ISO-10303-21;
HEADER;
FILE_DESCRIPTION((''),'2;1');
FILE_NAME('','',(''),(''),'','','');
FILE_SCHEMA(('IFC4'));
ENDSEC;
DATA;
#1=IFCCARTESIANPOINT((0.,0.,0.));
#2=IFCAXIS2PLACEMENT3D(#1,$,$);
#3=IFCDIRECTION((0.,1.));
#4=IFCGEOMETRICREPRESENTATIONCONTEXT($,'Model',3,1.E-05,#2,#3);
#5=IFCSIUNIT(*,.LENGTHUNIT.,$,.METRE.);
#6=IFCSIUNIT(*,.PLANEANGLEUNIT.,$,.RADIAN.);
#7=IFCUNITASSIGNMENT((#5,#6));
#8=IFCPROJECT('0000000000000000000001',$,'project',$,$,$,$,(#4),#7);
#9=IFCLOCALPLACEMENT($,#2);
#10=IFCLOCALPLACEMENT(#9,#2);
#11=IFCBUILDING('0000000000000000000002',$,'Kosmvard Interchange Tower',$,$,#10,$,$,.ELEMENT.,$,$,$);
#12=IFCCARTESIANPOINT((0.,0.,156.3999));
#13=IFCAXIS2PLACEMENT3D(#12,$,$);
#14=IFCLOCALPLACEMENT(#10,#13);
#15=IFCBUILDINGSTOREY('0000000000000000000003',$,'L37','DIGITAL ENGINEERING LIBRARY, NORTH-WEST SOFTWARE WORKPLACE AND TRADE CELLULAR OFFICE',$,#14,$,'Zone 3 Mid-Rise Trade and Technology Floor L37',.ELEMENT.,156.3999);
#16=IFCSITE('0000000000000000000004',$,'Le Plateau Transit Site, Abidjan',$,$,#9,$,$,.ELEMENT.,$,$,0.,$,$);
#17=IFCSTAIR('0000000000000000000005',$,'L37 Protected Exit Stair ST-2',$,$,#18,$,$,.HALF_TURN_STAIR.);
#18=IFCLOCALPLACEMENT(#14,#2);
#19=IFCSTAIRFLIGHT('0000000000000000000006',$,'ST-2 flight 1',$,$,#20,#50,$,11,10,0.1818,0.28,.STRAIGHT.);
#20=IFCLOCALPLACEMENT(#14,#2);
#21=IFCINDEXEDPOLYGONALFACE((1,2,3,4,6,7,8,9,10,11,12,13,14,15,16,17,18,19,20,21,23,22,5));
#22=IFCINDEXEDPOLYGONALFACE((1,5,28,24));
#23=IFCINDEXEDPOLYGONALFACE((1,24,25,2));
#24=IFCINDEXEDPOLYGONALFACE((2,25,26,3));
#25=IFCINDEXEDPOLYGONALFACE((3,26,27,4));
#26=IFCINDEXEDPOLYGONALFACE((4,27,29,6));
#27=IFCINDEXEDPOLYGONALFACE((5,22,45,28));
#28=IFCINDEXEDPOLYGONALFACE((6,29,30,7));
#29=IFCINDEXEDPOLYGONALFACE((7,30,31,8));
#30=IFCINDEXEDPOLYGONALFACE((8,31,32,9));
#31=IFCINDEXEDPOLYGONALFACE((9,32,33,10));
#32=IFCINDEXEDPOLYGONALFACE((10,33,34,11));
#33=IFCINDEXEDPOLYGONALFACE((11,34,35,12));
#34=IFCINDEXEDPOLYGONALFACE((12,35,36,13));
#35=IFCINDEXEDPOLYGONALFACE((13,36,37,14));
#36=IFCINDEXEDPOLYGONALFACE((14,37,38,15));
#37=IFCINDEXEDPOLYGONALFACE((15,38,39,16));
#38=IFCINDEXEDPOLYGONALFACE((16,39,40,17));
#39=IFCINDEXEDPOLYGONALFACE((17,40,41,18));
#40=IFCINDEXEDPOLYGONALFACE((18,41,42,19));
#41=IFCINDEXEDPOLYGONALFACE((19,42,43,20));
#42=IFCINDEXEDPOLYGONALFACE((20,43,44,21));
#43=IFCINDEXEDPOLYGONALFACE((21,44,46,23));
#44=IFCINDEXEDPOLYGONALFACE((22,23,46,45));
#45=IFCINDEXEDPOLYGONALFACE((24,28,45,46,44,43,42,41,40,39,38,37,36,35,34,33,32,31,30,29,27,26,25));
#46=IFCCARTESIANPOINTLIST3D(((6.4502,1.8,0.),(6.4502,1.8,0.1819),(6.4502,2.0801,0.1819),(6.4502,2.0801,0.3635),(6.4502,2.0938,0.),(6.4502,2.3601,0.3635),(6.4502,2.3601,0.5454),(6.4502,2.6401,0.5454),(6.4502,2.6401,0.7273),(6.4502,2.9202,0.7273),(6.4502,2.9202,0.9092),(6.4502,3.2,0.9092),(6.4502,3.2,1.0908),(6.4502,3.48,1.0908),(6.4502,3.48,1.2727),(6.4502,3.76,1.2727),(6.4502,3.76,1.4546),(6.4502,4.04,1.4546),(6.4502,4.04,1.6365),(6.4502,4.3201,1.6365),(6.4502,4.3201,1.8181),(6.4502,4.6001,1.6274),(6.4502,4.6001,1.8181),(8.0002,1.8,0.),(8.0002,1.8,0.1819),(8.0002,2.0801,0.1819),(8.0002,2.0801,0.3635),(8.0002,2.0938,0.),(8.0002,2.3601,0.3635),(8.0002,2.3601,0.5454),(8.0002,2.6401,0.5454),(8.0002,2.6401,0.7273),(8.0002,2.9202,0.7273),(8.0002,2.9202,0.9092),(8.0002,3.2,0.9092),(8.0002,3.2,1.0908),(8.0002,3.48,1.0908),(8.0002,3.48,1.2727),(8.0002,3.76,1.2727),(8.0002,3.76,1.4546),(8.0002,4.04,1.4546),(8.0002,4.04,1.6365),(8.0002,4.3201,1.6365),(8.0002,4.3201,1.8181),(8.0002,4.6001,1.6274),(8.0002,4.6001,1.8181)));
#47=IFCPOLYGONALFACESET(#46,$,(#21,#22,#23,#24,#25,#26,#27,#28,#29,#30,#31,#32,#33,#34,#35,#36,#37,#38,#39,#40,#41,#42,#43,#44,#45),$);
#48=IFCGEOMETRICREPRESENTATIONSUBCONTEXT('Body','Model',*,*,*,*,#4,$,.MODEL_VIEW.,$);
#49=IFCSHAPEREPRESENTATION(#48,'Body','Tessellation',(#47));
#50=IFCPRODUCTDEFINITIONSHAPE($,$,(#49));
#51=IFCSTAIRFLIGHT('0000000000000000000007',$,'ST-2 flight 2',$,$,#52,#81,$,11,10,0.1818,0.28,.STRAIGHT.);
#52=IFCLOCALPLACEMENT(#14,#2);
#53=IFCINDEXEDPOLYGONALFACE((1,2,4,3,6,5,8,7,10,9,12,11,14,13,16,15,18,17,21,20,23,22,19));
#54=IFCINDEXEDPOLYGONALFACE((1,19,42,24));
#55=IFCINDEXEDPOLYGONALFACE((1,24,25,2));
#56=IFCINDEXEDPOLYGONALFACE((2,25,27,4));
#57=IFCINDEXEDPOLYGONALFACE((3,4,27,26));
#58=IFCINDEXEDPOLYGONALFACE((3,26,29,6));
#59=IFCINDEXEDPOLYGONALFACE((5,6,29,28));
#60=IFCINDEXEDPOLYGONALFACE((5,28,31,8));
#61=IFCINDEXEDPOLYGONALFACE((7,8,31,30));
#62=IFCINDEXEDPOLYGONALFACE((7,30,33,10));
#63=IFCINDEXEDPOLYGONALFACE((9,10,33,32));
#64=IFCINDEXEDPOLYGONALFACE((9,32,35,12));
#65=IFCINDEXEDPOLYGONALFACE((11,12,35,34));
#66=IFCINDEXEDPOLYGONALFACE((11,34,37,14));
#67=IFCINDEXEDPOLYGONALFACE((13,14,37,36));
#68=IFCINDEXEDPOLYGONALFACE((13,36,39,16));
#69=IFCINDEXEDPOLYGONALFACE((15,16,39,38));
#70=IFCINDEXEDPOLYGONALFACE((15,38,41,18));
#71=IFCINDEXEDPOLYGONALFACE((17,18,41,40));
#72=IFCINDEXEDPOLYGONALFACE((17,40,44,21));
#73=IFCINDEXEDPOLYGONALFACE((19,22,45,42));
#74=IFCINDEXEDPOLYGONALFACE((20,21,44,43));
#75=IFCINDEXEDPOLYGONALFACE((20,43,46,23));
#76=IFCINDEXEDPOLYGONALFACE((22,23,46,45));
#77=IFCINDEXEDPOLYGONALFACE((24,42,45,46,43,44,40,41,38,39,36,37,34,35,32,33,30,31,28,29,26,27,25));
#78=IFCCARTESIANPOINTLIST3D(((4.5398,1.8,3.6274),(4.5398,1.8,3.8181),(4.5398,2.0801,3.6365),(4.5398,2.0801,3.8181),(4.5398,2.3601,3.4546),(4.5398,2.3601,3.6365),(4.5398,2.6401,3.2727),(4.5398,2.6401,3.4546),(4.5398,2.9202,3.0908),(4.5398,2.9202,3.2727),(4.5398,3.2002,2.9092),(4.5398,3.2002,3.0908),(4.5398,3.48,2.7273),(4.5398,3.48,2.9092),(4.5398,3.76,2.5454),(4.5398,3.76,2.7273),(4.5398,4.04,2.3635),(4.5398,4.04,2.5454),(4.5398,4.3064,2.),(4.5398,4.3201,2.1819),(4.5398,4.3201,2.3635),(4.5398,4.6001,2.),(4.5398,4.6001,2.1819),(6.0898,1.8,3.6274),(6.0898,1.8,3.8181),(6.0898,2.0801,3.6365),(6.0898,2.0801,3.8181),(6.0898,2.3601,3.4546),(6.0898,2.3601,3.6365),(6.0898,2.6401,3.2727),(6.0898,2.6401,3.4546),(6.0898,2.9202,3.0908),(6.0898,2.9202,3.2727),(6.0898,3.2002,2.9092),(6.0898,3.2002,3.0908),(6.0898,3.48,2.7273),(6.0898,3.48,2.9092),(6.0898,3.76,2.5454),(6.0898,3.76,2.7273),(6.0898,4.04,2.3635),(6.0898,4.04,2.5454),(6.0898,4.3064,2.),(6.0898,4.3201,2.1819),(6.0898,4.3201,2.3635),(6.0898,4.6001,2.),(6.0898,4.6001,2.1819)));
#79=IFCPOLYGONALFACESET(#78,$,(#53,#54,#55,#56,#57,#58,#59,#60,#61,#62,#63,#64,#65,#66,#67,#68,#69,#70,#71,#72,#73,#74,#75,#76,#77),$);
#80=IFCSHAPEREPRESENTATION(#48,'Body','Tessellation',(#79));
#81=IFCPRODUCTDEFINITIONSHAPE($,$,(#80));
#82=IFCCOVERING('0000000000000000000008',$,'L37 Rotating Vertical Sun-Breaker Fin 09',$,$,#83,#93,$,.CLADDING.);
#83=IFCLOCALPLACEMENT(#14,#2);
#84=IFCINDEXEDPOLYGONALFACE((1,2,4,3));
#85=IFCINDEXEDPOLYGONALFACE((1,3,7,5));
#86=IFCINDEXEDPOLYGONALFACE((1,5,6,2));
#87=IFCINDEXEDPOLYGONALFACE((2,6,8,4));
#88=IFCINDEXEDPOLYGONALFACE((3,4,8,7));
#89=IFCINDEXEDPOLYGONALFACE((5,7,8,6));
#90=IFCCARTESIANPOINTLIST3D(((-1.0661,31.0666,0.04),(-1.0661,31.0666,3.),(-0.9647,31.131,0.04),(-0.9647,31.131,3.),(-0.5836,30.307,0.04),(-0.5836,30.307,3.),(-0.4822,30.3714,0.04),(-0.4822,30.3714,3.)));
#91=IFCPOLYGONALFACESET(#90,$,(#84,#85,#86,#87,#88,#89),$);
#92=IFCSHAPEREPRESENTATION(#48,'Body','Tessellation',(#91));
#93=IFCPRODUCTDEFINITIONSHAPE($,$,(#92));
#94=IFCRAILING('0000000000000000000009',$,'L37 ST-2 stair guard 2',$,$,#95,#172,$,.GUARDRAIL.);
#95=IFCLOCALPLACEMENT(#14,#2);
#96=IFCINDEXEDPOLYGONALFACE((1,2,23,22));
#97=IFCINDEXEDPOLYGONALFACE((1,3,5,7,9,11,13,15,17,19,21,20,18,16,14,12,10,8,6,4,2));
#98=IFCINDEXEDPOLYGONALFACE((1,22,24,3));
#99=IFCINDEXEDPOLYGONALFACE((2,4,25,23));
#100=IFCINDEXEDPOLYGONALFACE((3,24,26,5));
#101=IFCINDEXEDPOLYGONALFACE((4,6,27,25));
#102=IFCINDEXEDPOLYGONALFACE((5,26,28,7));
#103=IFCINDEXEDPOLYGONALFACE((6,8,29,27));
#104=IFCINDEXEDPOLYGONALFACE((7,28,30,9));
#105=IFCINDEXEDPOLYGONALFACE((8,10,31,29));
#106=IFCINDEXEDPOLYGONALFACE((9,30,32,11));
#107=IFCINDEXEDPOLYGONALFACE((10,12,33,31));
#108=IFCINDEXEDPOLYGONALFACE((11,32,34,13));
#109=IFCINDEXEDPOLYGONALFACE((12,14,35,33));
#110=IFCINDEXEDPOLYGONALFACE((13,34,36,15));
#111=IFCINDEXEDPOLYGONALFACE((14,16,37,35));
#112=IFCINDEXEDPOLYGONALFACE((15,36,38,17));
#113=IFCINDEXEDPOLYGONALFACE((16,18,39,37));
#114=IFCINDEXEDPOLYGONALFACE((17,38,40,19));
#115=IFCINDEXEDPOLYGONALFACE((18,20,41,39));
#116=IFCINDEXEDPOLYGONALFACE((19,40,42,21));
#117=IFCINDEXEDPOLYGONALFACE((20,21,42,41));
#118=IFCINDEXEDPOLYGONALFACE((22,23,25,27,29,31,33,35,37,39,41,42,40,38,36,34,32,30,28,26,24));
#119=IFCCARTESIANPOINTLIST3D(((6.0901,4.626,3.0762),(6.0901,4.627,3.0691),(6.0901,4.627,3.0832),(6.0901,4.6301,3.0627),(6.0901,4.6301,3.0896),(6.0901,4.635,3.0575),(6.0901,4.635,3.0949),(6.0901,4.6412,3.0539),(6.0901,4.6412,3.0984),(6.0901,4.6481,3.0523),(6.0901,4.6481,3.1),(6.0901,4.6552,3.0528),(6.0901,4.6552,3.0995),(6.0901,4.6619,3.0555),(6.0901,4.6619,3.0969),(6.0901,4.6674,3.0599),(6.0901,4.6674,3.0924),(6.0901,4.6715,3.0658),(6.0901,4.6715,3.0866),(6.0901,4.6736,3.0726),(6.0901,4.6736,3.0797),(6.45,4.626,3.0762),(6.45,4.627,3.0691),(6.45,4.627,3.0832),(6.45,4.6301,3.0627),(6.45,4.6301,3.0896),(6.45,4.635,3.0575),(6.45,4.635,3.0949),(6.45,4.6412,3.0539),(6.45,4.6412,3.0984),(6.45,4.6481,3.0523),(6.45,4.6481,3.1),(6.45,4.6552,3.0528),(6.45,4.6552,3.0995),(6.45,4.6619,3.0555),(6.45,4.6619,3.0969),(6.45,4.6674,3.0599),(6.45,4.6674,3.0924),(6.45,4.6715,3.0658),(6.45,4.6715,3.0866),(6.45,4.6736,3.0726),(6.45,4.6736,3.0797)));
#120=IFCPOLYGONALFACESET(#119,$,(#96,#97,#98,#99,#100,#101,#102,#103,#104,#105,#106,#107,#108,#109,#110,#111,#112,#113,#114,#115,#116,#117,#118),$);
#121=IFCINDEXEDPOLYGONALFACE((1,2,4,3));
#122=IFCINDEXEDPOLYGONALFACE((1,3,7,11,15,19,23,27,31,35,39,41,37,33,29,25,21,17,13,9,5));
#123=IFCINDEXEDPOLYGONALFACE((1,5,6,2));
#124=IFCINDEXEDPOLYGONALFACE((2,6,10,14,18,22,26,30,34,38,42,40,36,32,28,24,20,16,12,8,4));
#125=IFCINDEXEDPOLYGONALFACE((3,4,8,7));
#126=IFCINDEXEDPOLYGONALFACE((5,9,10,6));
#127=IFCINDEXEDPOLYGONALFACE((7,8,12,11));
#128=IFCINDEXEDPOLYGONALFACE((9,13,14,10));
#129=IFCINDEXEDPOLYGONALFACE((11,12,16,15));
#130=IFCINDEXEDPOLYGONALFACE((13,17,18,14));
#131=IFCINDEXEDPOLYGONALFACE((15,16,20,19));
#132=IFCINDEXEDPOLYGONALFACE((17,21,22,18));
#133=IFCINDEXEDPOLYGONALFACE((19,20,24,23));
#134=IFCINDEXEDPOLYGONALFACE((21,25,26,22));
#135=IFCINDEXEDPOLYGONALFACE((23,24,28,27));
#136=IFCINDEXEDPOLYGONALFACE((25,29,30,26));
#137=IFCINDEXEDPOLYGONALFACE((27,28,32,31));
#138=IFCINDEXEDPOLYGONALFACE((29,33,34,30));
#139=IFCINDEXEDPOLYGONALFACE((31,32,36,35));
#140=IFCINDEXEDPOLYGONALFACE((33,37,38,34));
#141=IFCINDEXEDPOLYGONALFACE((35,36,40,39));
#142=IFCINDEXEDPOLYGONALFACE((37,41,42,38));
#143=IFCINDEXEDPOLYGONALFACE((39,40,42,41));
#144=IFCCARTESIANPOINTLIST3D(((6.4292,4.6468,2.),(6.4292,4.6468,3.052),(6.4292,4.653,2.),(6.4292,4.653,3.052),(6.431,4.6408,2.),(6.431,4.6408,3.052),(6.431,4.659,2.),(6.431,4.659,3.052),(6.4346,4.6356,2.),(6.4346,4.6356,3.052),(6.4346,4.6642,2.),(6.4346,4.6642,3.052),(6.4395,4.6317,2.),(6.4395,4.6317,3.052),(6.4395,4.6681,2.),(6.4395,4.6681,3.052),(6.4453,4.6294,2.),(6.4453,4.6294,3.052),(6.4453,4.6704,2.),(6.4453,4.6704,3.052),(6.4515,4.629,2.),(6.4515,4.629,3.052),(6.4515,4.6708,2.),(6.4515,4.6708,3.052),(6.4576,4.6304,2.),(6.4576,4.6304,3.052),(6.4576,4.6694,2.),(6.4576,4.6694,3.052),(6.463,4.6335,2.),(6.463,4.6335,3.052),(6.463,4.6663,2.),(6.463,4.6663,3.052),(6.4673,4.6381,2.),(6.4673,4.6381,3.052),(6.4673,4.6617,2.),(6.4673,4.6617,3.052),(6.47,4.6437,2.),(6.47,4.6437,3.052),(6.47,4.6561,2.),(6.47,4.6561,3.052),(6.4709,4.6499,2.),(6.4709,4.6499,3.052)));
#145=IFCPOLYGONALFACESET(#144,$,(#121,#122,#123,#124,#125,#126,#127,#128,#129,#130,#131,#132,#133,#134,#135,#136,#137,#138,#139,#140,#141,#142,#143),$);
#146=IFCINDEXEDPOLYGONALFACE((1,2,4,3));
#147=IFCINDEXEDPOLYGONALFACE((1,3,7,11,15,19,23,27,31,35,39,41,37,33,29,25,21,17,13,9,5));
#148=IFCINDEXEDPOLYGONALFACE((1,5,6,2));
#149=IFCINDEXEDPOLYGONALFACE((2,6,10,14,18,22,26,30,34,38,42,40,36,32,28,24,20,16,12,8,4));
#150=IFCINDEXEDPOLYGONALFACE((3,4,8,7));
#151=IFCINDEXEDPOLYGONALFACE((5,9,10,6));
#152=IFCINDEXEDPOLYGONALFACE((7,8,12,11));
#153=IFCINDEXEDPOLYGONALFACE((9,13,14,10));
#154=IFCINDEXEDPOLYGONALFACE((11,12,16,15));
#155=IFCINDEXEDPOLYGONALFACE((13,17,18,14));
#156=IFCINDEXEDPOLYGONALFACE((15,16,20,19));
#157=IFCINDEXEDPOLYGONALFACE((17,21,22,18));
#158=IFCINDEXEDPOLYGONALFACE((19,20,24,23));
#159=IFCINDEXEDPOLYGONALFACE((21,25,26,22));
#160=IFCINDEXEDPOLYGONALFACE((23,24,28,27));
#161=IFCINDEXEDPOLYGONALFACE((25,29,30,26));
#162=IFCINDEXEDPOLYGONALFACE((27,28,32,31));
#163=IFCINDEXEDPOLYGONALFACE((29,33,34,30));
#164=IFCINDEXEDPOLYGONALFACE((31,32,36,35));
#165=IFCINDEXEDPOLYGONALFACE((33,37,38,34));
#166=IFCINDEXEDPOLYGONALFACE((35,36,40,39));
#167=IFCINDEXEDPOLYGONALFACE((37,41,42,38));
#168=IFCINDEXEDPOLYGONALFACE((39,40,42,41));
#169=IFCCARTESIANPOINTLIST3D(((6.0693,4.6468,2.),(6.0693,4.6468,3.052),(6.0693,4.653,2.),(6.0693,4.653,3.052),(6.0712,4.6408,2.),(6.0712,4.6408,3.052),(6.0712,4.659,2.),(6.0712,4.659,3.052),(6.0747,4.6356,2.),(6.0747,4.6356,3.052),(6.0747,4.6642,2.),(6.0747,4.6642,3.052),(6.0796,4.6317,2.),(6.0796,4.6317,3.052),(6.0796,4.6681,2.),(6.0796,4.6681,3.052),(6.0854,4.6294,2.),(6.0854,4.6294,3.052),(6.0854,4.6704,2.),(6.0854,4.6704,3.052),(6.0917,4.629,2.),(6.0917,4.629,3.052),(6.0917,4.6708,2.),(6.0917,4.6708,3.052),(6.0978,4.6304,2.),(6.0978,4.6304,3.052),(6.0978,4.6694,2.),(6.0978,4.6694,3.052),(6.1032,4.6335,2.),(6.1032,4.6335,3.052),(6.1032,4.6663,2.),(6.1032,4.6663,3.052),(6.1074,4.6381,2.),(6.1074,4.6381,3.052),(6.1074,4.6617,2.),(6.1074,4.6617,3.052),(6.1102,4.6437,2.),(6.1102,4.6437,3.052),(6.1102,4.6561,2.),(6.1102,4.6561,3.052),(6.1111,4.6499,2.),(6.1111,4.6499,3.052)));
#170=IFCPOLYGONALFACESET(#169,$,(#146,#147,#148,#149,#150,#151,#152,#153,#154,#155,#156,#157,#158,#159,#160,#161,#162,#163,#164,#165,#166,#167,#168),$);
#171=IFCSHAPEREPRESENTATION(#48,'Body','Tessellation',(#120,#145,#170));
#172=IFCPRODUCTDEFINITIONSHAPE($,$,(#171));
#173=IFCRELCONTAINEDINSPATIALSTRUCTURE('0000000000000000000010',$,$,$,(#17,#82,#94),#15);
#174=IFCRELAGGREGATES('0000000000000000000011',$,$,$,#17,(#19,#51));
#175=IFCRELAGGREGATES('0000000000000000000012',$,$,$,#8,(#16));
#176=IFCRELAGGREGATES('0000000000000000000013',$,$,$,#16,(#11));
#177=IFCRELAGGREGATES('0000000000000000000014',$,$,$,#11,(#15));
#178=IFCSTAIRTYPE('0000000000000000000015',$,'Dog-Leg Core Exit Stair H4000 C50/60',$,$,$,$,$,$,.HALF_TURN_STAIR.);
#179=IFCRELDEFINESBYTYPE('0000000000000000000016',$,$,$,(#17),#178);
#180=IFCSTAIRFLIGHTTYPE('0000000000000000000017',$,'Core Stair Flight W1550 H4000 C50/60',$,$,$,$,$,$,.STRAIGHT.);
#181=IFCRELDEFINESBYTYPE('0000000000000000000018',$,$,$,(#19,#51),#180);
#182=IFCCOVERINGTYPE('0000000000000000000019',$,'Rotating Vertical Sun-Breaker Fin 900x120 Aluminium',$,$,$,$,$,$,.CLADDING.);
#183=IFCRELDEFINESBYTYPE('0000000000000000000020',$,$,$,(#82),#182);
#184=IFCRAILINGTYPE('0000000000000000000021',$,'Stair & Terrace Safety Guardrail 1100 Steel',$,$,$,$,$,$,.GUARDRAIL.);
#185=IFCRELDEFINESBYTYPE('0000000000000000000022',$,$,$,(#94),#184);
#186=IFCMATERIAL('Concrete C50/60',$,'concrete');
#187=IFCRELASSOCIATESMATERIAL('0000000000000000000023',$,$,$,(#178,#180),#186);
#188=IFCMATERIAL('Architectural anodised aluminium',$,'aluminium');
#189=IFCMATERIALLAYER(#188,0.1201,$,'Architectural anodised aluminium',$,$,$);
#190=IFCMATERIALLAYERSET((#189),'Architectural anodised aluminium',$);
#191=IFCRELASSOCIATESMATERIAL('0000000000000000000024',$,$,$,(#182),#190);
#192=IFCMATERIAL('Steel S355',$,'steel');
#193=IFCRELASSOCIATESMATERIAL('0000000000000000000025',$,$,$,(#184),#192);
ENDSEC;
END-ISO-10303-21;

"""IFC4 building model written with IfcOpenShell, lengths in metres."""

from ifc_helpers import new_model, si_unit, direction, frame, origin, origin_2d, place, context, subcontext, project, spatial, polyline, rectangle, circle, outline, extrude, source, transform, mapped, material, layer, layer_set, type_object, element, aggregate, save


model = new_model("IFC4")

# Units and contexts
model_context = context("Model", 3, precision=1e-05, world=origin(), true_north=direction((0.0, 1.0)))
body_context = subcontext(model_context, "Body", "Model", "MODEL_VIEW")
ifc_project = project(units=[si_unit("LENGTHUNIT", "METRE"), si_unit("PLANEANGLEUNIT", "RADIAN")], contexts=[model_context])

# Site, building, storey
site_placement = place(None, origin())
site = spatial("IfcSite", under=ifc_project, at=site_placement, Name="Le Plateau Transit Site, Abidjan", CompositionType="ELEMENT", RefElevation=0.0)
building_placement = place(site_placement, origin())
building = spatial("IfcBuilding", under=site, at=building_placement, Name="Kosmvard Interchange Tower", CompositionType="ELEMENT")
storey_placement = place(building_placement, frame((0.0, 0.0, 156.3999)))
storey = spatial("IfcBuildingStorey", under=building, at=storey_placement, Name="L37", Description="DIGITAL ENGINEERING LIBRARY, NORTH-WEST SOFTWARE WORKPLACE AND TRADE CELLULAR OFFICE", LongName="Zone 3 Mid-Rise Trade and Technology Floor L37", CompositionType="ELEMENT", Elevation=156.3999)

# Shared definitions
ifc_material_1 = material(Name="Concrete C50/60", Category="concrete")

# Shared definitions
ifc_material_2 = material(Name="Steel S355", Category="steel")

# Stair, stair flights
stair_type = type_object("IfcStairType", Name="Dog-Leg Core Exit Stair H4000 C50/60", PredefinedType="HALF_TURN_STAIR", material=ifc_material_1)
stair_placement = place(storey_placement, origin())
stair = element("IfcStair", 1, at=stair_placement, inside=storey, type_object=stair_type, Name="L37 Protected Exit Stair ST-2", PredefinedType="HALF_TURN_STAIR")
stair_flight_type = type_object("IfcStairFlightType", Name="Core Stair Flight W1550 H4000 C50/60", PredefinedType="STRAIGHT", material=ifc_material_1)
shared_shape_1 = source(origin(), body_context, "Body", "SweptSolid", [
    extrude(outline(polyline([(0.0, 0.0), (0.0, 0.1819), (0.28, 0.1819), (0.28, 0.3635), (0.5601, 0.3635), (0.5601, 0.5454), (0.8401, 0.5454), (0.8401, 0.7273), (1.1201, 0.7273), (1.1201, 0.9092), (1.3999, 0.9092), (1.3999, 1.0908), (1.6799, 1.0908), (1.6799, 1.2727), (1.96, 1.2727), (1.96, 1.4546), (2.24, 1.4546), (2.24, 1.6365), (2.52, 1.6365), (2.52, 1.8181), (2.8, 1.8181), (2.8, 2.0), (2.8, 1.6274), (0.2937, 0.0), (0.0, 0.0)])), frame((0.0, 0.7749, 0.0), z_axis=(0.0, -1.0, 0.0), x_axis=(1.0, 0.0, 0.0)), (0.0, 0.0, 1.0), 1.55),
])
stair_flight_1_placement = place(storey_placement, frame((7.2251, 1.8, 0.0), z_axis=(0.0, 0.0, 1.0), x_axis=(0.0, 1.0, 0.0)))
stair_flight_1 = element("IfcStairFlight", 2, at=stair_flight_1_placement, type_object=stair_flight_type, Name="ST-2 flight 1", NumberOfRisers=11, NumberOfTreads=10, PredefinedType="STRAIGHT", RiserHeight=0.1818, TreadLength=0.28, context=body_context, shape_type="MappedRepresentation", body=[
    mapped(shared_shape_1, transform((0.0, 0.0, 0.0), scale=1.0)),
])
stair_flight_2_placement = place(storey_placement, frame((5.3149, 4.6001, 2.0), z_axis=(0.0, 0.0, 1.0), x_axis=(0.0, -1.0, 0.0)))
stair_flight_2 = element("IfcStairFlight", 3, at=stair_flight_2_placement, type_object=stair_flight_type, Name="ST-2 flight 2", NumberOfRisers=11, NumberOfTreads=10, PredefinedType="STRAIGHT", RiserHeight=0.1818, TreadLength=0.28, context=body_context, shape_type="MappedRepresentation", body=[
    mapped(shared_shape_1, transform((0.0, 0.0, 0.0), scale=1.0)),
])
aggregate(stair, [stair_flight_1, stair_flight_2])

# Covering
ifc_material_3 = material(Name="Architectural anodised aluminium", Category="aluminium")
ifc_layer_1 = layer(ifc_material_3, 0.1201, Name="Architectural anodised aluminium")
ifc_layer_set_1 = layer_set([ifc_layer_1], Name="Architectural anodised aluminium")
covering_type = type_object("IfcCoveringType", Name="Rotating Vertical Sun-Breaker Fin 900x120 Aluminium", PredefinedType="CLADDING", material=ifc_layer_set_1)
shared_shape_2 = source(origin(), body_context, "Body", "SweptSolid", [
    extrude(rectangle(XDim=0.8999, YDim=0.1201, at=origin_2d()), origin(), (0.0, 0.0, 1.0), 2.96),
])
covering_placement = place(storey_placement, frame((-0.7742, 30.719, 0.04), z_axis=(0.0, 0.0, 1.0), x_axis=(-0.536121, 0.844141, 0.0)))
element("IfcCovering", 4, at=covering_placement, inside=storey, type_object=covering_type, Name="L37 Rotating Vertical Sun-Breaker Fin 09", PredefinedType="CLADDING", context=body_context, shape_type="MappedRepresentation", body=[
    mapped(shared_shape_2, transform((0.0, 0.0, 0.0), scale=1.0)),
])

# Railing
railing_type_1 = type_object("IfcRailingType", Name="Stair & Terrace Safety Guardrail 1100 Steel", PredefinedType="GUARDRAIL", material=ifc_material_2)
shared_shape_3 = source(origin(), body_context, "Body", "SweptSolid", [
    extrude(circle(Radius=0.0239, at=origin_2d()), frame((0.0, 0.0, 1.0762), z_axis=(-1.0, 0.0, 0.0), x_axis=(0.0, -1.0, 0.0)), (0.0, 0.0, 1.0), 0.3599),
    extrude(circle(Radius=0.021, at=origin_2d()), origin(), (0.0, 0.0, 1.0), 1.052),
    extrude(circle(Radius=0.021, at=origin_2d()), frame((-0.3599, 0.0, 0.0)), (0.0, 0.0, 1.0), 1.052),
])
for number, where, name in (
    (5, (6.45, 4.6499, 2.0), "L37 ST-2 stair guard 2"),
):
    element("IfcRailing", number, at=place(storey_placement, frame(where)), inside=storey, type_object=railing_type_1, Name=name, PredefinedType="GUARDRAIL", context=body_context, shape_type="MappedRepresentation", body=[
        mapped(shared_shape_3, transform((0.0, 0.0, 0.0), scale=1.0)),
    ])

save(model, "model.ifc")
